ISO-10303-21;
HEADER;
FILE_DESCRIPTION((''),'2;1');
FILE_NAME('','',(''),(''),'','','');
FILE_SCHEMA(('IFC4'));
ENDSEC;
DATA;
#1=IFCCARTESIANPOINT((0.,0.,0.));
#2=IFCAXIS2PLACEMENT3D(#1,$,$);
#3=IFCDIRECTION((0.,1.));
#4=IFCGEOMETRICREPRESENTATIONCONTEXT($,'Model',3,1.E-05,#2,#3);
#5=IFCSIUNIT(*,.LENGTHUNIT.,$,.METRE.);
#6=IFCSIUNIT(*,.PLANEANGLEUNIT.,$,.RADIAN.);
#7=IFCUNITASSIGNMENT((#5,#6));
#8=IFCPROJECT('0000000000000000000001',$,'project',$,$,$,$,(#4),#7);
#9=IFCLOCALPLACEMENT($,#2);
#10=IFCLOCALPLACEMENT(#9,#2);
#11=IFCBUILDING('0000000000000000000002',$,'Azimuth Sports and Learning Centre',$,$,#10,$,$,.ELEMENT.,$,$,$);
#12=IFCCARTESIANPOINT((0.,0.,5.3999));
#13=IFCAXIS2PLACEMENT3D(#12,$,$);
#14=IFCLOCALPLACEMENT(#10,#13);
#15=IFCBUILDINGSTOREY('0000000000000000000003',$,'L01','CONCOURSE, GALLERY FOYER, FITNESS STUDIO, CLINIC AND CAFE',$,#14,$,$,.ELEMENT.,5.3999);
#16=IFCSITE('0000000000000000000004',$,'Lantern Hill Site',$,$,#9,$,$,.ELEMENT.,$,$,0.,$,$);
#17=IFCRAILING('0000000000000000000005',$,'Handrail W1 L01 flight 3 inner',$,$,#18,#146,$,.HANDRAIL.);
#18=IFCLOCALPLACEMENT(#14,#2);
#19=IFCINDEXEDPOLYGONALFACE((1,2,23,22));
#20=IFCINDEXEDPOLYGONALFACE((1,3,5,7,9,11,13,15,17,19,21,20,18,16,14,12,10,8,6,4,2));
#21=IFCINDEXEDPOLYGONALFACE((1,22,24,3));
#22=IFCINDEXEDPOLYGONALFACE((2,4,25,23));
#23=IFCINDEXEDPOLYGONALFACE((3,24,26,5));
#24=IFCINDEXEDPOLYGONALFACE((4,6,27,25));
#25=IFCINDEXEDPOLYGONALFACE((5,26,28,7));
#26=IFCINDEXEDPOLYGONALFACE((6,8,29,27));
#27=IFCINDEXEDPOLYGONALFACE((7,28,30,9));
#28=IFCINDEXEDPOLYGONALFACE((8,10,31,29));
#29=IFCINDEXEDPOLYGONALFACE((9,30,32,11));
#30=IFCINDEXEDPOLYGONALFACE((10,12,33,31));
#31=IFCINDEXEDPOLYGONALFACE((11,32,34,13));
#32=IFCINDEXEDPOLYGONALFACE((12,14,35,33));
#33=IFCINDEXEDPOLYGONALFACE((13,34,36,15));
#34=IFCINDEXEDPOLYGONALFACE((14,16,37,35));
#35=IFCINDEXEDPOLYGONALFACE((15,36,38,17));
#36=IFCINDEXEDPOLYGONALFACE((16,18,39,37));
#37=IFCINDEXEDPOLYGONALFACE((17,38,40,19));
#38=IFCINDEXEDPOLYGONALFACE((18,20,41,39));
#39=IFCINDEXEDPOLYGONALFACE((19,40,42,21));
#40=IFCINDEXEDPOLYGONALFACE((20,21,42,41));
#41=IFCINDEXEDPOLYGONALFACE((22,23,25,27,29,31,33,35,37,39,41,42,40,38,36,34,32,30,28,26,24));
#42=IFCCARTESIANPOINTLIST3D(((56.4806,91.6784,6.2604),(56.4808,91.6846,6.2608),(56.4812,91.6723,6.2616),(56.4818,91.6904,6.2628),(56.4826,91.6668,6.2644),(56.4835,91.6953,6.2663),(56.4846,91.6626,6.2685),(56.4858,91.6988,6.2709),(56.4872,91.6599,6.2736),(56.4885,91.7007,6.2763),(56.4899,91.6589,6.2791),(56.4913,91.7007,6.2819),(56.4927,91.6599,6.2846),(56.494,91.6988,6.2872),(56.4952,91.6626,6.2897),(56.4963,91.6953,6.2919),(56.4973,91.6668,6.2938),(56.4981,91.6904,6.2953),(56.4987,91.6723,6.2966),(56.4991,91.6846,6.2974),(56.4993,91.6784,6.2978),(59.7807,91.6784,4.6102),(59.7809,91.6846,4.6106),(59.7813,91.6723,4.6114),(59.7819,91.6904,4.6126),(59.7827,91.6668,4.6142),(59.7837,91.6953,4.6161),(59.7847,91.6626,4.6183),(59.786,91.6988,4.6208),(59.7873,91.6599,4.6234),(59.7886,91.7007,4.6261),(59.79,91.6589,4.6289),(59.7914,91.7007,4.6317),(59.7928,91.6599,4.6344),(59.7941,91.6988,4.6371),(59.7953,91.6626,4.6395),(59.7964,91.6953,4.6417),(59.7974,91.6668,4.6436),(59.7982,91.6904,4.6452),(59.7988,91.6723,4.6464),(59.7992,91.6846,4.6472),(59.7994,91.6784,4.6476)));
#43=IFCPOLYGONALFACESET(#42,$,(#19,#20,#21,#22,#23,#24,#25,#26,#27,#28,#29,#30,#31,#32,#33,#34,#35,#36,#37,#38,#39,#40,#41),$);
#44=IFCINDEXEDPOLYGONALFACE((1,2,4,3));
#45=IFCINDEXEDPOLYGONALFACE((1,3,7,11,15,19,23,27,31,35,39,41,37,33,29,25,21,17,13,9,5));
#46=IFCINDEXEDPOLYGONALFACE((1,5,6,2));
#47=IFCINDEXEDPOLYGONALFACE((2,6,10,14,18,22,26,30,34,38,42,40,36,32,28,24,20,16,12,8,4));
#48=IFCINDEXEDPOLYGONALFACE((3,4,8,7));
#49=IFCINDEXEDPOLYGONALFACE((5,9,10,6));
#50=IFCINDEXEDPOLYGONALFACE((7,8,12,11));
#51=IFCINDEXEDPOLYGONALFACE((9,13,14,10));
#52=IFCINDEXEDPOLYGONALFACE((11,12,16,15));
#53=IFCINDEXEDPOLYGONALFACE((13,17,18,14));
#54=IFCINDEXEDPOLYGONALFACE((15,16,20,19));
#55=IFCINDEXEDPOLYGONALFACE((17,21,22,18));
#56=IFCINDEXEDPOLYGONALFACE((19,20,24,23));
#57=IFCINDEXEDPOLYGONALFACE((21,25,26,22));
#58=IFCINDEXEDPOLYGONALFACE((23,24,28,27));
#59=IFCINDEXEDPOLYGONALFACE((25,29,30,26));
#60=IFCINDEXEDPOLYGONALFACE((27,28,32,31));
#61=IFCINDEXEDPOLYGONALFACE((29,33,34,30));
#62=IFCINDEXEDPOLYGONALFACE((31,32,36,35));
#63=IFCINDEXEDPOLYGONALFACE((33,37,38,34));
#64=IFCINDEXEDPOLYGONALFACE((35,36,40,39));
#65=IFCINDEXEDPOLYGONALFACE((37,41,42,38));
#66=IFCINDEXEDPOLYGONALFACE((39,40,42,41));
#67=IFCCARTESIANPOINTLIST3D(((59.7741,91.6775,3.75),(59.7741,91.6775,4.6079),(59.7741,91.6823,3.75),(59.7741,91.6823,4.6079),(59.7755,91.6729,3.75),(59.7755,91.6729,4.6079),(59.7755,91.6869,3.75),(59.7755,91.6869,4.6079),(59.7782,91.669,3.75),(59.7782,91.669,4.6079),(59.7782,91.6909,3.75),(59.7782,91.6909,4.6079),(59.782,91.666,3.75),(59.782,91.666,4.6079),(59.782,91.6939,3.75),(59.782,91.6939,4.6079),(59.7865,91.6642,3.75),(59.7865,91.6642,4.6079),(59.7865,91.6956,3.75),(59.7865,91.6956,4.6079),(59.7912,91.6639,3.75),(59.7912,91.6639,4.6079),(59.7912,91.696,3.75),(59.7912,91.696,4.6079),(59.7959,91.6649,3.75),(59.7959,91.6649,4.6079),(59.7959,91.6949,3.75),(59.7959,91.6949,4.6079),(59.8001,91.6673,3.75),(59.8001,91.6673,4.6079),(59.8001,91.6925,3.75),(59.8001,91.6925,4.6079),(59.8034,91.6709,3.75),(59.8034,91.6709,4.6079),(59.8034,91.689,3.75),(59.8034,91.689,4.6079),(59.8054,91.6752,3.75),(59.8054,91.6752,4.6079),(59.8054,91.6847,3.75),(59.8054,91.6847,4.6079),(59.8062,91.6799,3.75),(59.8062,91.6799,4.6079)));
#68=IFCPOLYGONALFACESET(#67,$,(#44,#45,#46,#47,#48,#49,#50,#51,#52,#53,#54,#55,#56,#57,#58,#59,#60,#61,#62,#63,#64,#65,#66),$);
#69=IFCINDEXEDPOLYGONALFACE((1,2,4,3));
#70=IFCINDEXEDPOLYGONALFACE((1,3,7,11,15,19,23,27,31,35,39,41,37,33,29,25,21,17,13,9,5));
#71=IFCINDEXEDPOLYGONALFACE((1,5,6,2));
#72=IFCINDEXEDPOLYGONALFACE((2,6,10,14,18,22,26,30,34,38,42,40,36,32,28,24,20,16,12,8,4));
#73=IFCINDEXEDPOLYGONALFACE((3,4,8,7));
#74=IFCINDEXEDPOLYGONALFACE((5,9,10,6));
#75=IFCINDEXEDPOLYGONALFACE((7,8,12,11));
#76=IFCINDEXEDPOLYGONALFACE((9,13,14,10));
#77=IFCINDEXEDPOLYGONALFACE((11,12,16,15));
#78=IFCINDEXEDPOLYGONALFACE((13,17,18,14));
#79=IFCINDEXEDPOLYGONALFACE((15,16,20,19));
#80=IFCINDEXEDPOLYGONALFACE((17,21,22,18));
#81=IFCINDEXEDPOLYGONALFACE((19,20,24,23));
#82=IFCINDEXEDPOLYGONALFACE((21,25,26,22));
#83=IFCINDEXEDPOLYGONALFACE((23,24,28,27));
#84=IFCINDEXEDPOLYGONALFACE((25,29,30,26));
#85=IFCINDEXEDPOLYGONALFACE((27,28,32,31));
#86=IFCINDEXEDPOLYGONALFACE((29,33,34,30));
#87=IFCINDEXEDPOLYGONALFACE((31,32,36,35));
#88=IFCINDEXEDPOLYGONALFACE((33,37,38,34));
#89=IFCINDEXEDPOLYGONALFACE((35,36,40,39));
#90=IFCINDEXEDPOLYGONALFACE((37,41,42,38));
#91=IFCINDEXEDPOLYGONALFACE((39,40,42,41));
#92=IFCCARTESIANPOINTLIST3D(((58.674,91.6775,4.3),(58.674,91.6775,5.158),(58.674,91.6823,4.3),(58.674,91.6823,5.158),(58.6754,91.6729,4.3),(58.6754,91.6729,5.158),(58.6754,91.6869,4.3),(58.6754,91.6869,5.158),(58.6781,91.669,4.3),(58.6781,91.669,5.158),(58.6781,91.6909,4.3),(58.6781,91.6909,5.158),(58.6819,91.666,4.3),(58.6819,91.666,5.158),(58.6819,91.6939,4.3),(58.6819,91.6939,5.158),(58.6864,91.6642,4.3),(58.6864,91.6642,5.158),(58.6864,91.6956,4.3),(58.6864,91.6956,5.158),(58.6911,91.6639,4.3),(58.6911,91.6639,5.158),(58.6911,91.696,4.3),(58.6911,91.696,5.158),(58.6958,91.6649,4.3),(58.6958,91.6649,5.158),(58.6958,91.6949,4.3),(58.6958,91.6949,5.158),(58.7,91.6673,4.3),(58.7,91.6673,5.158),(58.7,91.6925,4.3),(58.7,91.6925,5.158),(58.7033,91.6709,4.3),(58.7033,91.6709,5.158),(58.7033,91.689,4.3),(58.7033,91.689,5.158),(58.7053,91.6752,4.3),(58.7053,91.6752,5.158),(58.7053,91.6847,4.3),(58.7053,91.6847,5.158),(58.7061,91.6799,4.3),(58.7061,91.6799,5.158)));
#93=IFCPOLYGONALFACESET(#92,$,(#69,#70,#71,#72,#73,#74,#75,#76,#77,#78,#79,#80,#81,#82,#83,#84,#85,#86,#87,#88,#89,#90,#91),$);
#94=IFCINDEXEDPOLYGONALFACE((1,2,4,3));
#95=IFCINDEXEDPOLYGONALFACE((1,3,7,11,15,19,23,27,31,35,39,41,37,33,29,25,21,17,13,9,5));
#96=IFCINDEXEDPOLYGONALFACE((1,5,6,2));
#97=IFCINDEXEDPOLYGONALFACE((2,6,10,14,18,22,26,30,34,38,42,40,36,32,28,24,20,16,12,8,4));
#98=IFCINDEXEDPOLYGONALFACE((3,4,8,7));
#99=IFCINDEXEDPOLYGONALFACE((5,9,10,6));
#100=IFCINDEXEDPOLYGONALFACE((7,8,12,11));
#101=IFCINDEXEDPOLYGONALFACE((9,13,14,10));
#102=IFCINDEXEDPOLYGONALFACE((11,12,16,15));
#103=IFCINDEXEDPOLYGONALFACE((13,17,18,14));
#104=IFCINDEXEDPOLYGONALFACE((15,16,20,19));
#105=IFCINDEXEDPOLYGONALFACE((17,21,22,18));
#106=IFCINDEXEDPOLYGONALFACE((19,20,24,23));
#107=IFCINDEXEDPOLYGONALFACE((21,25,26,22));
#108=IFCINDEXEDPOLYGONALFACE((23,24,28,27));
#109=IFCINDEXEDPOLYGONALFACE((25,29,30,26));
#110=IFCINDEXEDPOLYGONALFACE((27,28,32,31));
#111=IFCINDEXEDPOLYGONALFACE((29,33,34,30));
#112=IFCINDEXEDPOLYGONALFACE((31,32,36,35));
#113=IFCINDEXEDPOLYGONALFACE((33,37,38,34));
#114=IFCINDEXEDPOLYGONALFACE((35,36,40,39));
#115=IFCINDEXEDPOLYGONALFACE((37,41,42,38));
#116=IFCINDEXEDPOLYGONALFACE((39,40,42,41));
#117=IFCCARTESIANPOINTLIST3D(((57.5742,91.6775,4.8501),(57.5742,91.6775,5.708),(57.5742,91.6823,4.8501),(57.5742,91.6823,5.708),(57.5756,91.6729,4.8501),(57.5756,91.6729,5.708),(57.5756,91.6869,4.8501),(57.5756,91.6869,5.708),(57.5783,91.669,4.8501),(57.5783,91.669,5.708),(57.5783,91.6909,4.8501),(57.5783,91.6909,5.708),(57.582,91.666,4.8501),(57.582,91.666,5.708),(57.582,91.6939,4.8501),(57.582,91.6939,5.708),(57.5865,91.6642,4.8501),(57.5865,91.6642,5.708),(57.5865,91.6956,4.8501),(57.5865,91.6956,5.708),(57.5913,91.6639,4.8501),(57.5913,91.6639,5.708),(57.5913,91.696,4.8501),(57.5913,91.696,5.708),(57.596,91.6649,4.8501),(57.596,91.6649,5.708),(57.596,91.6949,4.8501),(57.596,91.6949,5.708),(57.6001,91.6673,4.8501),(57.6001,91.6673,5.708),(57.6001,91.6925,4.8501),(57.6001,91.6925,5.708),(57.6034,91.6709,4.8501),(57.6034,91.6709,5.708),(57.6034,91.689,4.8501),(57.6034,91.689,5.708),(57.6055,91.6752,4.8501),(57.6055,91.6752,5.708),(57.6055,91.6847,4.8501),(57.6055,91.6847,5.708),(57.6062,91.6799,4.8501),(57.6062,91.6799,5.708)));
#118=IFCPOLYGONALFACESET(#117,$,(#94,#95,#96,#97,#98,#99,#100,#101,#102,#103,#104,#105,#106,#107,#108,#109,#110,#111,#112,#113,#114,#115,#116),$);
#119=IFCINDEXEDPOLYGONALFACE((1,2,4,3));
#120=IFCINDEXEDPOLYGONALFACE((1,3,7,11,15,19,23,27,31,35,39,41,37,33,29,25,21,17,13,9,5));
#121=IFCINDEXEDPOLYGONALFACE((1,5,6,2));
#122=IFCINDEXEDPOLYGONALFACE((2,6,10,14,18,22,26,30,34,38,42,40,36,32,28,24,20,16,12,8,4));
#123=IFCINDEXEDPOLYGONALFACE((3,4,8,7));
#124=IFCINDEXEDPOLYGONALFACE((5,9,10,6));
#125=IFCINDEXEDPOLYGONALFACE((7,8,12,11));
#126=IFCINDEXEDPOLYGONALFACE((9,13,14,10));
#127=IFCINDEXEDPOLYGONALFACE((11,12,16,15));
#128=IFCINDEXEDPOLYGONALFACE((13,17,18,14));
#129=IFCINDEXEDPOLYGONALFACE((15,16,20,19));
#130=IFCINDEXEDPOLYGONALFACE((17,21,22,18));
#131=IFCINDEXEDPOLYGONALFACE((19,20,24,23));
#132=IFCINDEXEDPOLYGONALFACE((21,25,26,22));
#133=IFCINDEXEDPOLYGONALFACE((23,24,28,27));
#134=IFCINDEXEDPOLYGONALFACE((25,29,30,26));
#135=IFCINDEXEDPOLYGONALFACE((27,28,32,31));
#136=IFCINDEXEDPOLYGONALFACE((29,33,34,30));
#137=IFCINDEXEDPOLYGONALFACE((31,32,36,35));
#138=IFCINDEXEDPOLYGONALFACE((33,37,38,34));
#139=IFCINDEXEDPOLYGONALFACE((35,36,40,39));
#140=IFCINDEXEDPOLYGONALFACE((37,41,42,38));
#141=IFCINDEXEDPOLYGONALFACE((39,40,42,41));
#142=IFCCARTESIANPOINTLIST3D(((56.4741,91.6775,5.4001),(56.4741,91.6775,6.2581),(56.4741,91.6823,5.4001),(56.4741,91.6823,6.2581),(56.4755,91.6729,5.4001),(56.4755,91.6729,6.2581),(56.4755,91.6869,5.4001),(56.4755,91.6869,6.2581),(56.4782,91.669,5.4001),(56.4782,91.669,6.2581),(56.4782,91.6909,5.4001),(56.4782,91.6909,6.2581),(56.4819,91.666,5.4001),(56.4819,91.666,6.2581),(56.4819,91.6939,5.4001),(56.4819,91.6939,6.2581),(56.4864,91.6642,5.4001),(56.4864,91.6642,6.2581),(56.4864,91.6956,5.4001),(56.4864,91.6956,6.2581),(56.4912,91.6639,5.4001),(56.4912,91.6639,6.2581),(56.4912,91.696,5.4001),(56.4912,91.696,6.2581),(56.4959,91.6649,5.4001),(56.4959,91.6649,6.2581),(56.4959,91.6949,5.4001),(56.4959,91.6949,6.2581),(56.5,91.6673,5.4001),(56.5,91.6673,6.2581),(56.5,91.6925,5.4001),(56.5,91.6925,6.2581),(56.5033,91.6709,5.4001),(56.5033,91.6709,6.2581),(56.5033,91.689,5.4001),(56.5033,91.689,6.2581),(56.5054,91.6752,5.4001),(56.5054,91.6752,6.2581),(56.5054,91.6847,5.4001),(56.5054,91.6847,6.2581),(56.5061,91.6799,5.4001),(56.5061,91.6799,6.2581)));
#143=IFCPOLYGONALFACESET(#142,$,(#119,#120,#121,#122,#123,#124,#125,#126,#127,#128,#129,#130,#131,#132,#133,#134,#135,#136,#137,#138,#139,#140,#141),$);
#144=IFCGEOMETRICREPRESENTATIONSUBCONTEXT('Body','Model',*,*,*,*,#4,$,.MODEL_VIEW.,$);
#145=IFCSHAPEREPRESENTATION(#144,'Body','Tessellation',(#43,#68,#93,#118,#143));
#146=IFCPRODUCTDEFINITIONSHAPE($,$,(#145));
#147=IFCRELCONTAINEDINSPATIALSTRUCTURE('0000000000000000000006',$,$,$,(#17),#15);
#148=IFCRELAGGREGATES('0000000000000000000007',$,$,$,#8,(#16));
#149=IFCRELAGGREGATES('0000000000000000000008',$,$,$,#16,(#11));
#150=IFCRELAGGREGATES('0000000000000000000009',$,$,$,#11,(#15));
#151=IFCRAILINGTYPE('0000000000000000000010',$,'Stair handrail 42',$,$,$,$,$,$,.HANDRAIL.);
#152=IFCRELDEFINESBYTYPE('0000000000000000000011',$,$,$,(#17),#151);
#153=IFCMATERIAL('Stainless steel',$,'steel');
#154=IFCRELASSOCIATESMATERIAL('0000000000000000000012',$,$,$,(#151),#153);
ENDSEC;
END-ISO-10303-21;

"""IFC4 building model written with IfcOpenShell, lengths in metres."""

from ifc_helpers import new_model, si_unit, direction, frame, origin, origin_2d, place, context, subcontext, project, spatial, circle, extrude, material, type_object, element, save


model = new_model("IFC4")

# Units and contexts
model_context = context("Model", 3, precision=1e-05, world=origin(), true_north=direction((0.0, 1.0)))
body_context = subcontext(model_context, "Body", "Model", "MODEL_VIEW")
ifc_project = project(units=[si_unit("LENGTHUNIT", "METRE"), si_unit("PLANEANGLEUNIT", "RADIAN")], contexts=[model_context])

# Site, building, storey
site_placement = place(None, origin())
site = spatial("IfcSite", under=ifc_project, at=site_placement, Name="Lantern Hill Site", CompositionType="ELEMENT", RefElevation=0.0)
building_placement = place(site_placement, origin())
building = spatial("IfcBuilding", under=site, at=building_placement, Name="Azimuth Sports and Learning Centre", CompositionType="ELEMENT")
storey_placement = place(building_placement, frame((0.0, 0.0, 5.3999)))
storey = spatial("IfcBuildingStorey", under=building, at=storey_placement, Name="L01", Description="CONCOURSE, GALLERY FOYER, FITNESS STUDIO, CLINIC AND CAFE", CompositionType="ELEMENT", Elevation=5.3999)

# Railing
ifc_material_1 = material(Name="Stainless steel", Category="steel")
railing_type = type_object("IfcRailingType", Name="Stair handrail 42", PredefinedType="HANDRAIL", material=ifc_material_1)
for number, where, name in (
    (1, (59.79, 91.6799, 3.75), "Handrail W1 L01 flight 3 inner"),
):
    element("IfcRailing", number, at=place(storey_placement, frame(where)), inside=storey, type_object=railing_type, Name=name, PredefinedType="HANDRAIL", context=body_context, shape_type="SweptSolid", body=[
        extrude(circle(Radius=0.021, at=origin_2d()), frame((0.0, 0.0, 0.8789), z_axis=(-0.894414, 0.0, 0.44724), x_axis=(0.0, -1.0, 0.0)), (0.0, 0.0, 1.0), 3.6897),
        extrude(circle(Radius=0.0161, at=origin_2d()), origin(), (0.0, 0.0, 1.0), 0.8579),
        extrude(circle(Radius=0.0161, at=origin_2d()), frame((-1.1001, 0.0, 0.55)), (0.0, 0.0, 1.0), 0.8579),
        extrude(circle(Radius=0.0161, at=origin_2d()), frame((-2.2, 0.0, 1.1001)), (0.0, 0.0, 1.0), 0.8579),
        extrude(circle(Radius=0.0161, at=origin_2d()), frame((-3.3, 0.0, 1.6501)), (0.0, 0.0, 1.0), 0.8579),
    ])

save(model, "model.ifc")
